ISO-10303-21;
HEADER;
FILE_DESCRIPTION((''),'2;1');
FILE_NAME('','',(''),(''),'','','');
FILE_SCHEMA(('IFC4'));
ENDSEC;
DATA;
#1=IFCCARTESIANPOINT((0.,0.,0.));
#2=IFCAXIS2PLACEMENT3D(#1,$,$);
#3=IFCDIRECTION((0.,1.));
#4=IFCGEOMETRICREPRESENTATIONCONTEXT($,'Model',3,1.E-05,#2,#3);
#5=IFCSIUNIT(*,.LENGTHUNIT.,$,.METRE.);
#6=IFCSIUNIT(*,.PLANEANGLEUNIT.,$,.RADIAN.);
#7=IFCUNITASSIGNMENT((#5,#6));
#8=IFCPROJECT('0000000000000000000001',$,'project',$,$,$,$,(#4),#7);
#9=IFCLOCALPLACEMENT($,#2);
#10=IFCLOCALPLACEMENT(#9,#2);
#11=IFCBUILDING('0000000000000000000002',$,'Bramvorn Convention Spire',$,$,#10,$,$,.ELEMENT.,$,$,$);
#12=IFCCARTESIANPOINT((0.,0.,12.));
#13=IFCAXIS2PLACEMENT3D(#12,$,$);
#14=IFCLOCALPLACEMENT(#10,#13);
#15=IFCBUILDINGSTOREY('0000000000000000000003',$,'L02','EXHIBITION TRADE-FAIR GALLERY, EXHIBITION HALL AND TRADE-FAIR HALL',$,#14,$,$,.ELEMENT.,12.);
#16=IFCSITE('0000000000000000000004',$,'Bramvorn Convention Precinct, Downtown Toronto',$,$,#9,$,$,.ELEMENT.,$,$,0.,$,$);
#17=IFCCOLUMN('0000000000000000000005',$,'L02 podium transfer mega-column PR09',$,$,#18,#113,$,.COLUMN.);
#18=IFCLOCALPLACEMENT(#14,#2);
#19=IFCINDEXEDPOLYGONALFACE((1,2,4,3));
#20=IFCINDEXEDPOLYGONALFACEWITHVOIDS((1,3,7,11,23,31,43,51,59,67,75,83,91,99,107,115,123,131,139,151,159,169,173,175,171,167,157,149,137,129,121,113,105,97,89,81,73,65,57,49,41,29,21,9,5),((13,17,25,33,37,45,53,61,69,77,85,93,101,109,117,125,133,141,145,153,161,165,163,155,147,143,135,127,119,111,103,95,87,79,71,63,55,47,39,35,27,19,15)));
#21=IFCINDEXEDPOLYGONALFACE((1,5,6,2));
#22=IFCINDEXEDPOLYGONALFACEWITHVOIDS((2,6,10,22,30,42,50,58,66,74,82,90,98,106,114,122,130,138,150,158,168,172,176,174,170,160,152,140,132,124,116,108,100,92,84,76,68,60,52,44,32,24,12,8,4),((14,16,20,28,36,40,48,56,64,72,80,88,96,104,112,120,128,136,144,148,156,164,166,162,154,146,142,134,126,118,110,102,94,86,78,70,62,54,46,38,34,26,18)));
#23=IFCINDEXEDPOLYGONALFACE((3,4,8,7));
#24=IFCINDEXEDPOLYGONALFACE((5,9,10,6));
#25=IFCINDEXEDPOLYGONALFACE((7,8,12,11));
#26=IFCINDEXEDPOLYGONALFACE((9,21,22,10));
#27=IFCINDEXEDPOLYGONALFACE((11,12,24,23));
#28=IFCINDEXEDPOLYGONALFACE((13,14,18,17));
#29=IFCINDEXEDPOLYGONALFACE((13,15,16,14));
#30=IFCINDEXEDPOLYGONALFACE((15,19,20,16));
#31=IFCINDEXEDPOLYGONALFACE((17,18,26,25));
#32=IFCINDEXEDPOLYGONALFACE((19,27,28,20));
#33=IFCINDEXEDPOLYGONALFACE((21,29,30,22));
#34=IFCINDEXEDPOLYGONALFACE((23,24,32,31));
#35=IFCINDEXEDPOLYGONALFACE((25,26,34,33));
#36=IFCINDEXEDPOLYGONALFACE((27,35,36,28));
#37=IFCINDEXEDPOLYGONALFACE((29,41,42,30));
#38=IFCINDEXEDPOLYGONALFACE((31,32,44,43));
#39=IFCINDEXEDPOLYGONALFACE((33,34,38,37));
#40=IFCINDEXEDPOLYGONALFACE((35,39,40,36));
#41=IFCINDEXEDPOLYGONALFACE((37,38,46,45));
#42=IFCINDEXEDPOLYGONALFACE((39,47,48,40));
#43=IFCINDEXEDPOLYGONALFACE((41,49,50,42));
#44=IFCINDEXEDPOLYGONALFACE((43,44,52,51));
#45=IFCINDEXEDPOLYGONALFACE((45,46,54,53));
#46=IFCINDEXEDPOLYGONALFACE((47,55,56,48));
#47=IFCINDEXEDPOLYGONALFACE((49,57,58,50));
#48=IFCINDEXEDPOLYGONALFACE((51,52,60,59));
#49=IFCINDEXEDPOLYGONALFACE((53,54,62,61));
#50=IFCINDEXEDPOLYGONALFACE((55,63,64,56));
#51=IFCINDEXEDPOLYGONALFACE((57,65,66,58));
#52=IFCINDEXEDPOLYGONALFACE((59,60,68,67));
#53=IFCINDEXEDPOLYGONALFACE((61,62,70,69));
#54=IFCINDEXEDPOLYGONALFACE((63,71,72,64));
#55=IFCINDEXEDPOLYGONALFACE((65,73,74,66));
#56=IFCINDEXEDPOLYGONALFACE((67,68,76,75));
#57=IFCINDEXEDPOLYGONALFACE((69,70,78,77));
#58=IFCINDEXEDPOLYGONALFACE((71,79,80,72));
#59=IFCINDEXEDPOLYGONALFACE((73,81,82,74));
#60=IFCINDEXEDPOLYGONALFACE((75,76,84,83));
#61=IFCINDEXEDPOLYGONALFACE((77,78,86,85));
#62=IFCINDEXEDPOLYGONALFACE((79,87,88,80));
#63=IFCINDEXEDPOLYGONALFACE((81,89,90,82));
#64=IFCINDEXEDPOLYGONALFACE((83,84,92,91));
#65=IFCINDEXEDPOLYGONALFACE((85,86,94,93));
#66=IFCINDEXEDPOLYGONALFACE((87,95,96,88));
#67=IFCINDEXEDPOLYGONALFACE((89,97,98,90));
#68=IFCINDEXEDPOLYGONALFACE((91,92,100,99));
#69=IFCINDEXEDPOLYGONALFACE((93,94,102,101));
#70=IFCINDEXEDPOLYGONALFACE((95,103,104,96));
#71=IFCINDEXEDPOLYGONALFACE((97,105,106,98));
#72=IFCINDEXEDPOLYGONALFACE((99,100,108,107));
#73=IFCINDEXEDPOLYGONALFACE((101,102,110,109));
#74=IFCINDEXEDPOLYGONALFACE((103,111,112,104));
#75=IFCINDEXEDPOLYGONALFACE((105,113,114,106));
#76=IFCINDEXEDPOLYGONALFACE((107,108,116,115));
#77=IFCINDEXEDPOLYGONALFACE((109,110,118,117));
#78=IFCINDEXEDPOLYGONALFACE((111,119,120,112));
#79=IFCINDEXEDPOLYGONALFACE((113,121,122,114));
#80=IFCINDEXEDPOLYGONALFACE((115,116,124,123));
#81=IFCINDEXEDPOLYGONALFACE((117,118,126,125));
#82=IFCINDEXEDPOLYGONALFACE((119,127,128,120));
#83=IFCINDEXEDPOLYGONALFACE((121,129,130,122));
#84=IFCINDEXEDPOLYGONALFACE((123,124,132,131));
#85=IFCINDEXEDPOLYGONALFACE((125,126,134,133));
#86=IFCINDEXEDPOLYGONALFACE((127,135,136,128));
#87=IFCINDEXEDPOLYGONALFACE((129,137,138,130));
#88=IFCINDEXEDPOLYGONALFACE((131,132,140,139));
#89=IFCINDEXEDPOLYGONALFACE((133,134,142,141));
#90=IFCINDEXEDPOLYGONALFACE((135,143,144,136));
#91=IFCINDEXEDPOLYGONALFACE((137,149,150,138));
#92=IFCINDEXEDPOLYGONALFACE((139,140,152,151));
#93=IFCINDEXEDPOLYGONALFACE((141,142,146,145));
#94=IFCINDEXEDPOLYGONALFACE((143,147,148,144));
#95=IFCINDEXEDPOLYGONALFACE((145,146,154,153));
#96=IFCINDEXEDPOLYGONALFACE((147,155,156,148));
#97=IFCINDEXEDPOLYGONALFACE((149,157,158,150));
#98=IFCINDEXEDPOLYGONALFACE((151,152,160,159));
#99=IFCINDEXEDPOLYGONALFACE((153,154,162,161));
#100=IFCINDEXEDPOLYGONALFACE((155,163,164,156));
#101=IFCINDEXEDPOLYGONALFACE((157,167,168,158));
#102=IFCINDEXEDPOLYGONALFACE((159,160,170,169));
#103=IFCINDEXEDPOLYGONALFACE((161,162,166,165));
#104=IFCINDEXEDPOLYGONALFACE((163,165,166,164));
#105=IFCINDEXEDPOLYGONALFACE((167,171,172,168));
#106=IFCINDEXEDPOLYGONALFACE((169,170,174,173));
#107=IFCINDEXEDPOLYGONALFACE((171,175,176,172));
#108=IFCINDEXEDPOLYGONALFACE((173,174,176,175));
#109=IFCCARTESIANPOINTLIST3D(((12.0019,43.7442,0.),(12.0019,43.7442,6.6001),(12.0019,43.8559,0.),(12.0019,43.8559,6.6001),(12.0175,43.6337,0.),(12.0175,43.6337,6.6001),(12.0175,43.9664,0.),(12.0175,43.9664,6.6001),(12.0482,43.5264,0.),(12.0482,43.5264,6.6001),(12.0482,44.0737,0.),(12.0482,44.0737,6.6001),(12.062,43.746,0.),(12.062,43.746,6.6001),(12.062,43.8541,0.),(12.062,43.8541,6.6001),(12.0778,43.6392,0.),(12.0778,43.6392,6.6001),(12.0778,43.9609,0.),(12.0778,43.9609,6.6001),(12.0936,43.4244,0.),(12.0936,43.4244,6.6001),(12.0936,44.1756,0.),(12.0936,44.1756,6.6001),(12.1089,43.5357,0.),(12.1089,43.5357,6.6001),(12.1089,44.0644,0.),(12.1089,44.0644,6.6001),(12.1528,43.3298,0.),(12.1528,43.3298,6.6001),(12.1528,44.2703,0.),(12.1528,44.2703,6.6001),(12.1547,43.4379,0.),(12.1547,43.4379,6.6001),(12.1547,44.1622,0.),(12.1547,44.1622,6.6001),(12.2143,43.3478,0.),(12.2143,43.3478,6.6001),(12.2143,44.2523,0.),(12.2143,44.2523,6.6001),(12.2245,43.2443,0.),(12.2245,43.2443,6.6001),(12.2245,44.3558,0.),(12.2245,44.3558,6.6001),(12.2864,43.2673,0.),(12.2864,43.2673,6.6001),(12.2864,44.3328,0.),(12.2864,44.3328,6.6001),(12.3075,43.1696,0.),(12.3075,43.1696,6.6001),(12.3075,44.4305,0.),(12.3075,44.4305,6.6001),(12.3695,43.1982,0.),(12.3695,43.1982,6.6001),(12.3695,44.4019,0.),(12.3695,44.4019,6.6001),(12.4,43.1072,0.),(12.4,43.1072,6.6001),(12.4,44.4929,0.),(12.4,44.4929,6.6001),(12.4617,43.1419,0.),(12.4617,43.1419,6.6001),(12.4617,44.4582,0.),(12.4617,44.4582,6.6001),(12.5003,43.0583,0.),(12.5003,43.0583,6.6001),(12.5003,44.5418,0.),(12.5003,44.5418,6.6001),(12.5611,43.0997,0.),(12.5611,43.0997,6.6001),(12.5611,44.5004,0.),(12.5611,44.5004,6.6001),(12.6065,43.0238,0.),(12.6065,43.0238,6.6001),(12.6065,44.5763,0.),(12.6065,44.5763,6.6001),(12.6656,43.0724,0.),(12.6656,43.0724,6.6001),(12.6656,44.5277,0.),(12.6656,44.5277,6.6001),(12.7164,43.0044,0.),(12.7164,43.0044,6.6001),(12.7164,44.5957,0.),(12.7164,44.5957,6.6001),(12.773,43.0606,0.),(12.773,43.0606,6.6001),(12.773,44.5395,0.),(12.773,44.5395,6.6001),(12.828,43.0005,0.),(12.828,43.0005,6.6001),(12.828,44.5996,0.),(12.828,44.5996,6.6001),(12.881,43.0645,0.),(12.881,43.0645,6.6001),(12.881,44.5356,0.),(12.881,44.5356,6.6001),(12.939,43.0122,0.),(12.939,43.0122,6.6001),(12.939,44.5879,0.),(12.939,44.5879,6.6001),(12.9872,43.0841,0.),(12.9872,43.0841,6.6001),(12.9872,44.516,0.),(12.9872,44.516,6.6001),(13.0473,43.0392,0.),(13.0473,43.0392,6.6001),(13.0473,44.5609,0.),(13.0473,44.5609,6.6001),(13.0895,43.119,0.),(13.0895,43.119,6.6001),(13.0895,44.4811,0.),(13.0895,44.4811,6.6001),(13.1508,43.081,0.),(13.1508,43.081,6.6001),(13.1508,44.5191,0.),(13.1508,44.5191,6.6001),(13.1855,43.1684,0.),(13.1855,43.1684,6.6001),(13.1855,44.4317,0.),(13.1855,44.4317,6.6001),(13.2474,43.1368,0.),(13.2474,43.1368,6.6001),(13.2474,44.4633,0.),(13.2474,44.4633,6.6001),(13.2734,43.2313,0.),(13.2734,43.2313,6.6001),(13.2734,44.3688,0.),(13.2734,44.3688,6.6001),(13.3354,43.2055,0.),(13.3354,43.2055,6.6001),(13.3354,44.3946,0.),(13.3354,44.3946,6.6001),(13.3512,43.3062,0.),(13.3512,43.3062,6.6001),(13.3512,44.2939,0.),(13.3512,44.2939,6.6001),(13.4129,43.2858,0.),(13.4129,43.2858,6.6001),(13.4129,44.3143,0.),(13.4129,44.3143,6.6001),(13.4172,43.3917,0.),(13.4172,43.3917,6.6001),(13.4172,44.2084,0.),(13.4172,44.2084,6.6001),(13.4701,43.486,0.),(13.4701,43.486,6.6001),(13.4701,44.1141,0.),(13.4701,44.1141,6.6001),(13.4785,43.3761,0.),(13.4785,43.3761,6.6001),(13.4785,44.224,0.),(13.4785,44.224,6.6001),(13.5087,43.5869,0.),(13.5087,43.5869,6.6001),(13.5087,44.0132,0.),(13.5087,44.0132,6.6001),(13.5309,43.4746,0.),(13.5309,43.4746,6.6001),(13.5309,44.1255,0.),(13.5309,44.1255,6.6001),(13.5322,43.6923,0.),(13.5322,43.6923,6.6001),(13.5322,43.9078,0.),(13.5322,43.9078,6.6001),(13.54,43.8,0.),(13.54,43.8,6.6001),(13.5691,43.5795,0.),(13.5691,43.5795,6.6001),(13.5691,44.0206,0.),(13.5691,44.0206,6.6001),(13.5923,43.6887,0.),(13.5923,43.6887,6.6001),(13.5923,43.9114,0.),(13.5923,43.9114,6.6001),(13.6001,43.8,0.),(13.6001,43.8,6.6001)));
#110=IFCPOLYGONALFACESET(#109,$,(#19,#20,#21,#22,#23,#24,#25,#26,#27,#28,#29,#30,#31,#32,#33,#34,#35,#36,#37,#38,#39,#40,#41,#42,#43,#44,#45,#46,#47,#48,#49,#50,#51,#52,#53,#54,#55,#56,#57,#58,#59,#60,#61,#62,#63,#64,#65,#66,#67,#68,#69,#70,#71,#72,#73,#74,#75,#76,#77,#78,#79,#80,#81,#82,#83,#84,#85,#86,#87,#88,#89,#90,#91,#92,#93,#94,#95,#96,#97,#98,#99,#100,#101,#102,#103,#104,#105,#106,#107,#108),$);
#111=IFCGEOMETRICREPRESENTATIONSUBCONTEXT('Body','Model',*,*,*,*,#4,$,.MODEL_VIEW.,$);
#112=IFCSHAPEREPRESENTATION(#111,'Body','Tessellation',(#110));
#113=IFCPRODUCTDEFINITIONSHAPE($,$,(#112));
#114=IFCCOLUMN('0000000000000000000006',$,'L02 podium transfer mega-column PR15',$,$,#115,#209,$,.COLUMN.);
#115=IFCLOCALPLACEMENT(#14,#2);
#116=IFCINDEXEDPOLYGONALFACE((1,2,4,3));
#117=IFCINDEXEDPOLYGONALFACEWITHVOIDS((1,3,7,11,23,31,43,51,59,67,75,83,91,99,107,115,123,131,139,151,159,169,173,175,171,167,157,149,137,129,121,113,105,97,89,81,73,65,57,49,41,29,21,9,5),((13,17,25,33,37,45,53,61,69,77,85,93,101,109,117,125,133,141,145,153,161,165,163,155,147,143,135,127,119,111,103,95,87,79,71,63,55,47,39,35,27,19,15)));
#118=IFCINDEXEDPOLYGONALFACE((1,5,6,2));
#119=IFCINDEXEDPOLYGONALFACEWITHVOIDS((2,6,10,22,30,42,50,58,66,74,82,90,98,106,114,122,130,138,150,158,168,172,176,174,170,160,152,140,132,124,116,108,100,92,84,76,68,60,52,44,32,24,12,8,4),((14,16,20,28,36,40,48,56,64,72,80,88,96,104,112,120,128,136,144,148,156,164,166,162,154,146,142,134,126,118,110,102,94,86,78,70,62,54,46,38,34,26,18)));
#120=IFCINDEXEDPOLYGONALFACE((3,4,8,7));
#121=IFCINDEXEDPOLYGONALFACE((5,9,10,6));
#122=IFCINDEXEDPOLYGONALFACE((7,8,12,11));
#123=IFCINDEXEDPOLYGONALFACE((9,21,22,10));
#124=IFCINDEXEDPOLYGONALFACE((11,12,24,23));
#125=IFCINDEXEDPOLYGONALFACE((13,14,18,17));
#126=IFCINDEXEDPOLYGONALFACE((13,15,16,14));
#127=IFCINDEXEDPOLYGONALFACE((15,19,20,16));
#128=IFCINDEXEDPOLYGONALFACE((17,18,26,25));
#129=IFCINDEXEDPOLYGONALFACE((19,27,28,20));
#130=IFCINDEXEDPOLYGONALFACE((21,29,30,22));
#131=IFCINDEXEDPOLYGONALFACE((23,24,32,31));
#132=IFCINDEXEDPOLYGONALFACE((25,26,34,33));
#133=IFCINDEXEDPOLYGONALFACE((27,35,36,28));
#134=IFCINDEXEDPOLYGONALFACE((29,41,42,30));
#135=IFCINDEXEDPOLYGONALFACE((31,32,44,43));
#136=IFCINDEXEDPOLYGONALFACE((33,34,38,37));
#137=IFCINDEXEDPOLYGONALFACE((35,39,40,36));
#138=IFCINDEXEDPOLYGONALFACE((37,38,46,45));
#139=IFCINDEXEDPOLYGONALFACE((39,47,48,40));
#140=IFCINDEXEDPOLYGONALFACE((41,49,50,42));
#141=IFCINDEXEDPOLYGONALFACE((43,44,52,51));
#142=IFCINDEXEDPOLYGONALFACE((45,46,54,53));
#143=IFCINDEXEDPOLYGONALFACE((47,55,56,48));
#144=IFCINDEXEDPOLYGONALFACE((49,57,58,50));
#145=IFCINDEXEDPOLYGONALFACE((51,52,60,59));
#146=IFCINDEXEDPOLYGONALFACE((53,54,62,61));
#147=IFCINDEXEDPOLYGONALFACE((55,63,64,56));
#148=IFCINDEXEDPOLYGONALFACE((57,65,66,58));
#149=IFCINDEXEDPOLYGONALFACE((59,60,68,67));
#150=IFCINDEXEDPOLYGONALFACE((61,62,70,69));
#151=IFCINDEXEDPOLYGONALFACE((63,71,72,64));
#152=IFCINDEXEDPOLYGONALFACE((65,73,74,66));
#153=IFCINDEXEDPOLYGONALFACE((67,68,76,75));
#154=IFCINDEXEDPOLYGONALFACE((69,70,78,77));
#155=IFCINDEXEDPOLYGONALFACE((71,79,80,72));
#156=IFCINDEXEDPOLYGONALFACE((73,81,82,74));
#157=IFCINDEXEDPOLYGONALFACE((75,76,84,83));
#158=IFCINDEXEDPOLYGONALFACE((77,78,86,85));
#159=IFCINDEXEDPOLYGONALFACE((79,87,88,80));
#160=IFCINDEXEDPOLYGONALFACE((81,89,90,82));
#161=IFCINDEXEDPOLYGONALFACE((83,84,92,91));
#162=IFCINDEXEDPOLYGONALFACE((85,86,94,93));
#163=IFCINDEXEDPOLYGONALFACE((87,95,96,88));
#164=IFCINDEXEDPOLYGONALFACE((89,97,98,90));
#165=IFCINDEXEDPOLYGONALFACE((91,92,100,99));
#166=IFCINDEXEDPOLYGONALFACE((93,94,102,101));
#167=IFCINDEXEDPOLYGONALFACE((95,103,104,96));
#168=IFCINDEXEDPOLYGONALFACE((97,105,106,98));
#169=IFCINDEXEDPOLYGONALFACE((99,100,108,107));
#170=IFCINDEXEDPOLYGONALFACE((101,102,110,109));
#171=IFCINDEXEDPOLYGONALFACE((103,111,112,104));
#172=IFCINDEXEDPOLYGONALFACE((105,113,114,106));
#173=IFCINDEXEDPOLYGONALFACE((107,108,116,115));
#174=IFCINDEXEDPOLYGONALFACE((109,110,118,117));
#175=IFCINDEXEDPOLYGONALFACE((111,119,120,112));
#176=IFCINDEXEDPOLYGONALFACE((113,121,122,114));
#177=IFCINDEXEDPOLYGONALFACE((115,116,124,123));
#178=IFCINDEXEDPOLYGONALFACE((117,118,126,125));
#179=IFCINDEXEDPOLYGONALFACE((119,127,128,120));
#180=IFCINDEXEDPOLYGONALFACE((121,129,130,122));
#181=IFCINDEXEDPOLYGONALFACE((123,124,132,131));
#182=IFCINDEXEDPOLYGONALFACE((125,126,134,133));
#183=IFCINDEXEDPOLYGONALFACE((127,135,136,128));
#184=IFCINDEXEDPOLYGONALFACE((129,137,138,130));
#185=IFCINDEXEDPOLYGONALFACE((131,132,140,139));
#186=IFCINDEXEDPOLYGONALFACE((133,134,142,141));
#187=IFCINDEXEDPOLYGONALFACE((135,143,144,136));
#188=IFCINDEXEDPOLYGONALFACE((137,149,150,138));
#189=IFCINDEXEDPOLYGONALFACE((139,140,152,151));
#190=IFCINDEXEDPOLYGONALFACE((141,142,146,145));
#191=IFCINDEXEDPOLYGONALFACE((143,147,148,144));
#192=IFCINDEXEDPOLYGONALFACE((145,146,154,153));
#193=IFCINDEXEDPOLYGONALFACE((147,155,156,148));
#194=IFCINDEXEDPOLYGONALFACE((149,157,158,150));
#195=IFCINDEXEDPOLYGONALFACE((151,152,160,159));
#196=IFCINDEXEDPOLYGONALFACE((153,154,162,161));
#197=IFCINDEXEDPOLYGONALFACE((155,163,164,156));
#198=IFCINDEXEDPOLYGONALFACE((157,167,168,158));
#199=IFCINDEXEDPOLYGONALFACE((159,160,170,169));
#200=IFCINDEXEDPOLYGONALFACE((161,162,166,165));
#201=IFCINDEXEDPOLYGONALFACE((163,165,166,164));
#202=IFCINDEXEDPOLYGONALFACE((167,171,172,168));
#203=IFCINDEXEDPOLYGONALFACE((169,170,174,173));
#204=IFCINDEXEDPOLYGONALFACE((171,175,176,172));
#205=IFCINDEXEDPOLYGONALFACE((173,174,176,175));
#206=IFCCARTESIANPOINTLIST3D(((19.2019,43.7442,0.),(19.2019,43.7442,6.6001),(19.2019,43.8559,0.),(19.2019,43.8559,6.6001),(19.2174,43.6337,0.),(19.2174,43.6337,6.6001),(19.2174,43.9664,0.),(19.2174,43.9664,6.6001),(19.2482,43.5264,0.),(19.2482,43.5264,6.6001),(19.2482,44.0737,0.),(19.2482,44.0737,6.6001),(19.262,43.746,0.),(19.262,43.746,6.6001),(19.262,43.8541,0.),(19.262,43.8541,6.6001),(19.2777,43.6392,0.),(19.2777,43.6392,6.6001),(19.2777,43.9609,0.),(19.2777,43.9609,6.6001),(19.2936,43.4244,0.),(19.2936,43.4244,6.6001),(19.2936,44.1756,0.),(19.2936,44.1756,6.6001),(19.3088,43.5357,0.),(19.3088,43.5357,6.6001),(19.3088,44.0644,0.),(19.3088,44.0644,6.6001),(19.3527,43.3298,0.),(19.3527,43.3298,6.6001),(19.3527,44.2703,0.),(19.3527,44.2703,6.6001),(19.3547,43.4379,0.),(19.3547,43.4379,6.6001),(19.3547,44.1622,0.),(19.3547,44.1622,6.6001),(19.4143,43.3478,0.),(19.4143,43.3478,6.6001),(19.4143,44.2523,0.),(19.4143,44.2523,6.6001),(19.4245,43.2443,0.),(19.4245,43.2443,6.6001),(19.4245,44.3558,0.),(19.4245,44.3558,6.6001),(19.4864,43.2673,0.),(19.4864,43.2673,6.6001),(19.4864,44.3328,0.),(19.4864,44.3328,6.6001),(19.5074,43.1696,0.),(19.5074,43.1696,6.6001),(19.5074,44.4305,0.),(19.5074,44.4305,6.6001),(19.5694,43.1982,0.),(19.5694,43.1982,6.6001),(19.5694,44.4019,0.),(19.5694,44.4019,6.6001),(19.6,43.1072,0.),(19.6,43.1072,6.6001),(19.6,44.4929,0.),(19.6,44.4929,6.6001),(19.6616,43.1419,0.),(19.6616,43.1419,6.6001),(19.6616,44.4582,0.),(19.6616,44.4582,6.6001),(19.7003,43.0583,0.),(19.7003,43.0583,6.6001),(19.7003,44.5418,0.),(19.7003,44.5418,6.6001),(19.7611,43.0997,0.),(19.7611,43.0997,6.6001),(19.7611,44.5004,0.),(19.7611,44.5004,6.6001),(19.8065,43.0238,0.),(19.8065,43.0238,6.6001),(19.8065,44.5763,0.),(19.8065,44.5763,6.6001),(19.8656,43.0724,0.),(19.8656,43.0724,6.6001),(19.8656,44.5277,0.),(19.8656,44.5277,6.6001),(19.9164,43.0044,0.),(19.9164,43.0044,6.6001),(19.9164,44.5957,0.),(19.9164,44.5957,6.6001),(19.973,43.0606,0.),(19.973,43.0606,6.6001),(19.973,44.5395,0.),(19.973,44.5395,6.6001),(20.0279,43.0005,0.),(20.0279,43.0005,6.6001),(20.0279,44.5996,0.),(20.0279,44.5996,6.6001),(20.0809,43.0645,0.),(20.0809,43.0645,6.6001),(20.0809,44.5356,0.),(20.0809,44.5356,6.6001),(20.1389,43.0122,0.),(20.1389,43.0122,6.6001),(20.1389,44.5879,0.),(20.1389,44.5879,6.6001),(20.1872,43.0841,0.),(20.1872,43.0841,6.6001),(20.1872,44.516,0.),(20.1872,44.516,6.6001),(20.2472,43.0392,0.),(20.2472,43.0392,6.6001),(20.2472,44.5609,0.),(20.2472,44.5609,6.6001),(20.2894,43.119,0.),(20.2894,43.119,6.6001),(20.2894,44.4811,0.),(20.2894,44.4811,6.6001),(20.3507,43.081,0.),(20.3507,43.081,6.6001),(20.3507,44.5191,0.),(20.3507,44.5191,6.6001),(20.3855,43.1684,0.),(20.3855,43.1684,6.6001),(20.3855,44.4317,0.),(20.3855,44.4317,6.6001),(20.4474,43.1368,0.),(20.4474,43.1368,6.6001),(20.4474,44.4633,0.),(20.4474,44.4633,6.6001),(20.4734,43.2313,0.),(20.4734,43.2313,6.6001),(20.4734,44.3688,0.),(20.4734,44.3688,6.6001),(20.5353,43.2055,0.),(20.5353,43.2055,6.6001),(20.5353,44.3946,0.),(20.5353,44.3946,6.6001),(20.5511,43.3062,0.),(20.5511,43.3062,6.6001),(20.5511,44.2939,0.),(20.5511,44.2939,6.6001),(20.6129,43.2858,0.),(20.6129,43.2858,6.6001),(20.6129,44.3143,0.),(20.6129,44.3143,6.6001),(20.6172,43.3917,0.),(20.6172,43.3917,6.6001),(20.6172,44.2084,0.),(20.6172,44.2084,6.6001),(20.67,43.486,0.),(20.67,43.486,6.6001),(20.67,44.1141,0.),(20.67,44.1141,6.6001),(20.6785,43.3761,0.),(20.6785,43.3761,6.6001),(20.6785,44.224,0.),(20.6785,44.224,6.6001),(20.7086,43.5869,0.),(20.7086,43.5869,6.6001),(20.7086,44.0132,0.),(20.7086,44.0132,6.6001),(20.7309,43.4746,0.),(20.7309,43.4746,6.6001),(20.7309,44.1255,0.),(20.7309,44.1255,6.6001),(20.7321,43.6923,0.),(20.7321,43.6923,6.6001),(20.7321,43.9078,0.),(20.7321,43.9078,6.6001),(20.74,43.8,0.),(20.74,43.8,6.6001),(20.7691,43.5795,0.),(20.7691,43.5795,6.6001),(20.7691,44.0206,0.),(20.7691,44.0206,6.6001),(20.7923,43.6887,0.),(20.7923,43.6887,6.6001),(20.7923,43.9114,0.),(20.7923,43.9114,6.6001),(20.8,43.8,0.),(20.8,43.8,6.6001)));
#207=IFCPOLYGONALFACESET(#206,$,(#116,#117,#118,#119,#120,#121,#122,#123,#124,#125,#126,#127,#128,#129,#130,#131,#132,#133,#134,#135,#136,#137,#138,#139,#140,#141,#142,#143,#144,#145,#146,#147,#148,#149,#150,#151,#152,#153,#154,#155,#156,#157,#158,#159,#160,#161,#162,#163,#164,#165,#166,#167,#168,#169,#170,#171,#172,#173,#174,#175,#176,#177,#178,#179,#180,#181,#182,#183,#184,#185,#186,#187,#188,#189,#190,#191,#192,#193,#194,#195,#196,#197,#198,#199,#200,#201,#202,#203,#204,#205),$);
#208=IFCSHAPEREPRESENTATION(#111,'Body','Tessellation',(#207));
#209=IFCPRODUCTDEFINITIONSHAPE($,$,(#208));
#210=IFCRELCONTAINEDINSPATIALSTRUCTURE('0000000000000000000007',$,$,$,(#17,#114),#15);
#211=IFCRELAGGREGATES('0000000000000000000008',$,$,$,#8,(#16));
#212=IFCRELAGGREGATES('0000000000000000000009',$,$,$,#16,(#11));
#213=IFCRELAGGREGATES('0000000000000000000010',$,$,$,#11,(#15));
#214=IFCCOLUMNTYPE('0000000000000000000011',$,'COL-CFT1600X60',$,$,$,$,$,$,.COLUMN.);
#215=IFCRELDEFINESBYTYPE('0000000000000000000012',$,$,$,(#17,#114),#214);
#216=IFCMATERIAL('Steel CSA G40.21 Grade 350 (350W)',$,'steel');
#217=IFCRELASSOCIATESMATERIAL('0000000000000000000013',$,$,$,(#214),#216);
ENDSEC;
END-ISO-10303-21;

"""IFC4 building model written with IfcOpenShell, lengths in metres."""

from ifc_helpers import new_model, si_unit, direction, frame, origin, origin_2d, place, context, subcontext, project, spatial, hollow_circle, extrude, material, material_profile, profile_set, type_object, element, save


model = new_model("IFC4")

# Units and contexts
model_context = context("Model", 3, precision=1e-05, world=origin(), true_north=direction((0.0, 1.0)))
body_context = subcontext(model_context, "Body", "Model", "MODEL_VIEW")
ifc_project = project(units=[si_unit("LENGTHUNIT", "METRE"), si_unit("PLANEANGLEUNIT", "RADIAN")], contexts=[model_context])

# Site, building, storey
site_placement = place(None, origin())
site = spatial("IfcSite", under=ifc_project, at=site_placement, Name="Bramvorn Convention Precinct, Downtown Toronto", CompositionType="ELEMENT", RefElevation=0.0)
building_placement = place(site_placement, origin())
building = spatial("IfcBuilding", under=site, at=building_placement, Name="Bramvorn Convention Spire", CompositionType="ELEMENT")
storey_placement = place(building_placement, frame((0.0, 0.0, 12.0)))
storey = spatial("IfcBuildingStorey", under=building, at=storey_placement, Name="L02", Description="EXHIBITION TRADE-FAIR GALLERY, EXHIBITION HALL AND TRADE-FAIR HALL", CompositionType="ELEMENT", Elevation=12.0)

# Columns
ifc_material_1 = material(Name="Steel CSA G40.21 Grade 350 (350W)", Category="steel")
ifc_material_profile_1 = material_profile(ifc_material_1, hollow_circle(Radius=0.8, WallThickness=0.0601, at=origin_2d()))
ifc_profile_set_1 = profile_set([ifc_material_profile_1], Name="Steel CSA G40.21 Grade 350 (350W) - CFT1600X60")
column_type_1 = type_object("IfcColumnType", Name="COL-CFT1600X60", PredefinedType="COLUMN", material=ifc_profile_set_1)
for number, where, z_axis, x_axis, name in (
    (1, (12.8, 43.8, 0.0), (0.0, 0.0, 1.0), (1.0, 0.0, 0.0), "L02 podium transfer mega-column PR09"),
    (2, (20.0, 43.8, 0.0), (0.0, 0.0, 1.0), (1.0, 0.0, 0.0), "L02 podium transfer mega-column PR15"),
):
    element("IfcColumn", number, at=place(storey_placement, frame(where, z_axis=z_axis, x_axis=x_axis)), inside=storey, type_object=column_type_1, Name=name, PredefinedType="COLUMN", context=body_context, shape_type="SweptSolid", body=[
        extrude(hollow_circle(Radius=0.8, WallThickness=0.0601, at=origin_2d()), origin(), (0.0, 0.0, 1.0), 6.6001),
    ])

save(model, "model.ifc")
